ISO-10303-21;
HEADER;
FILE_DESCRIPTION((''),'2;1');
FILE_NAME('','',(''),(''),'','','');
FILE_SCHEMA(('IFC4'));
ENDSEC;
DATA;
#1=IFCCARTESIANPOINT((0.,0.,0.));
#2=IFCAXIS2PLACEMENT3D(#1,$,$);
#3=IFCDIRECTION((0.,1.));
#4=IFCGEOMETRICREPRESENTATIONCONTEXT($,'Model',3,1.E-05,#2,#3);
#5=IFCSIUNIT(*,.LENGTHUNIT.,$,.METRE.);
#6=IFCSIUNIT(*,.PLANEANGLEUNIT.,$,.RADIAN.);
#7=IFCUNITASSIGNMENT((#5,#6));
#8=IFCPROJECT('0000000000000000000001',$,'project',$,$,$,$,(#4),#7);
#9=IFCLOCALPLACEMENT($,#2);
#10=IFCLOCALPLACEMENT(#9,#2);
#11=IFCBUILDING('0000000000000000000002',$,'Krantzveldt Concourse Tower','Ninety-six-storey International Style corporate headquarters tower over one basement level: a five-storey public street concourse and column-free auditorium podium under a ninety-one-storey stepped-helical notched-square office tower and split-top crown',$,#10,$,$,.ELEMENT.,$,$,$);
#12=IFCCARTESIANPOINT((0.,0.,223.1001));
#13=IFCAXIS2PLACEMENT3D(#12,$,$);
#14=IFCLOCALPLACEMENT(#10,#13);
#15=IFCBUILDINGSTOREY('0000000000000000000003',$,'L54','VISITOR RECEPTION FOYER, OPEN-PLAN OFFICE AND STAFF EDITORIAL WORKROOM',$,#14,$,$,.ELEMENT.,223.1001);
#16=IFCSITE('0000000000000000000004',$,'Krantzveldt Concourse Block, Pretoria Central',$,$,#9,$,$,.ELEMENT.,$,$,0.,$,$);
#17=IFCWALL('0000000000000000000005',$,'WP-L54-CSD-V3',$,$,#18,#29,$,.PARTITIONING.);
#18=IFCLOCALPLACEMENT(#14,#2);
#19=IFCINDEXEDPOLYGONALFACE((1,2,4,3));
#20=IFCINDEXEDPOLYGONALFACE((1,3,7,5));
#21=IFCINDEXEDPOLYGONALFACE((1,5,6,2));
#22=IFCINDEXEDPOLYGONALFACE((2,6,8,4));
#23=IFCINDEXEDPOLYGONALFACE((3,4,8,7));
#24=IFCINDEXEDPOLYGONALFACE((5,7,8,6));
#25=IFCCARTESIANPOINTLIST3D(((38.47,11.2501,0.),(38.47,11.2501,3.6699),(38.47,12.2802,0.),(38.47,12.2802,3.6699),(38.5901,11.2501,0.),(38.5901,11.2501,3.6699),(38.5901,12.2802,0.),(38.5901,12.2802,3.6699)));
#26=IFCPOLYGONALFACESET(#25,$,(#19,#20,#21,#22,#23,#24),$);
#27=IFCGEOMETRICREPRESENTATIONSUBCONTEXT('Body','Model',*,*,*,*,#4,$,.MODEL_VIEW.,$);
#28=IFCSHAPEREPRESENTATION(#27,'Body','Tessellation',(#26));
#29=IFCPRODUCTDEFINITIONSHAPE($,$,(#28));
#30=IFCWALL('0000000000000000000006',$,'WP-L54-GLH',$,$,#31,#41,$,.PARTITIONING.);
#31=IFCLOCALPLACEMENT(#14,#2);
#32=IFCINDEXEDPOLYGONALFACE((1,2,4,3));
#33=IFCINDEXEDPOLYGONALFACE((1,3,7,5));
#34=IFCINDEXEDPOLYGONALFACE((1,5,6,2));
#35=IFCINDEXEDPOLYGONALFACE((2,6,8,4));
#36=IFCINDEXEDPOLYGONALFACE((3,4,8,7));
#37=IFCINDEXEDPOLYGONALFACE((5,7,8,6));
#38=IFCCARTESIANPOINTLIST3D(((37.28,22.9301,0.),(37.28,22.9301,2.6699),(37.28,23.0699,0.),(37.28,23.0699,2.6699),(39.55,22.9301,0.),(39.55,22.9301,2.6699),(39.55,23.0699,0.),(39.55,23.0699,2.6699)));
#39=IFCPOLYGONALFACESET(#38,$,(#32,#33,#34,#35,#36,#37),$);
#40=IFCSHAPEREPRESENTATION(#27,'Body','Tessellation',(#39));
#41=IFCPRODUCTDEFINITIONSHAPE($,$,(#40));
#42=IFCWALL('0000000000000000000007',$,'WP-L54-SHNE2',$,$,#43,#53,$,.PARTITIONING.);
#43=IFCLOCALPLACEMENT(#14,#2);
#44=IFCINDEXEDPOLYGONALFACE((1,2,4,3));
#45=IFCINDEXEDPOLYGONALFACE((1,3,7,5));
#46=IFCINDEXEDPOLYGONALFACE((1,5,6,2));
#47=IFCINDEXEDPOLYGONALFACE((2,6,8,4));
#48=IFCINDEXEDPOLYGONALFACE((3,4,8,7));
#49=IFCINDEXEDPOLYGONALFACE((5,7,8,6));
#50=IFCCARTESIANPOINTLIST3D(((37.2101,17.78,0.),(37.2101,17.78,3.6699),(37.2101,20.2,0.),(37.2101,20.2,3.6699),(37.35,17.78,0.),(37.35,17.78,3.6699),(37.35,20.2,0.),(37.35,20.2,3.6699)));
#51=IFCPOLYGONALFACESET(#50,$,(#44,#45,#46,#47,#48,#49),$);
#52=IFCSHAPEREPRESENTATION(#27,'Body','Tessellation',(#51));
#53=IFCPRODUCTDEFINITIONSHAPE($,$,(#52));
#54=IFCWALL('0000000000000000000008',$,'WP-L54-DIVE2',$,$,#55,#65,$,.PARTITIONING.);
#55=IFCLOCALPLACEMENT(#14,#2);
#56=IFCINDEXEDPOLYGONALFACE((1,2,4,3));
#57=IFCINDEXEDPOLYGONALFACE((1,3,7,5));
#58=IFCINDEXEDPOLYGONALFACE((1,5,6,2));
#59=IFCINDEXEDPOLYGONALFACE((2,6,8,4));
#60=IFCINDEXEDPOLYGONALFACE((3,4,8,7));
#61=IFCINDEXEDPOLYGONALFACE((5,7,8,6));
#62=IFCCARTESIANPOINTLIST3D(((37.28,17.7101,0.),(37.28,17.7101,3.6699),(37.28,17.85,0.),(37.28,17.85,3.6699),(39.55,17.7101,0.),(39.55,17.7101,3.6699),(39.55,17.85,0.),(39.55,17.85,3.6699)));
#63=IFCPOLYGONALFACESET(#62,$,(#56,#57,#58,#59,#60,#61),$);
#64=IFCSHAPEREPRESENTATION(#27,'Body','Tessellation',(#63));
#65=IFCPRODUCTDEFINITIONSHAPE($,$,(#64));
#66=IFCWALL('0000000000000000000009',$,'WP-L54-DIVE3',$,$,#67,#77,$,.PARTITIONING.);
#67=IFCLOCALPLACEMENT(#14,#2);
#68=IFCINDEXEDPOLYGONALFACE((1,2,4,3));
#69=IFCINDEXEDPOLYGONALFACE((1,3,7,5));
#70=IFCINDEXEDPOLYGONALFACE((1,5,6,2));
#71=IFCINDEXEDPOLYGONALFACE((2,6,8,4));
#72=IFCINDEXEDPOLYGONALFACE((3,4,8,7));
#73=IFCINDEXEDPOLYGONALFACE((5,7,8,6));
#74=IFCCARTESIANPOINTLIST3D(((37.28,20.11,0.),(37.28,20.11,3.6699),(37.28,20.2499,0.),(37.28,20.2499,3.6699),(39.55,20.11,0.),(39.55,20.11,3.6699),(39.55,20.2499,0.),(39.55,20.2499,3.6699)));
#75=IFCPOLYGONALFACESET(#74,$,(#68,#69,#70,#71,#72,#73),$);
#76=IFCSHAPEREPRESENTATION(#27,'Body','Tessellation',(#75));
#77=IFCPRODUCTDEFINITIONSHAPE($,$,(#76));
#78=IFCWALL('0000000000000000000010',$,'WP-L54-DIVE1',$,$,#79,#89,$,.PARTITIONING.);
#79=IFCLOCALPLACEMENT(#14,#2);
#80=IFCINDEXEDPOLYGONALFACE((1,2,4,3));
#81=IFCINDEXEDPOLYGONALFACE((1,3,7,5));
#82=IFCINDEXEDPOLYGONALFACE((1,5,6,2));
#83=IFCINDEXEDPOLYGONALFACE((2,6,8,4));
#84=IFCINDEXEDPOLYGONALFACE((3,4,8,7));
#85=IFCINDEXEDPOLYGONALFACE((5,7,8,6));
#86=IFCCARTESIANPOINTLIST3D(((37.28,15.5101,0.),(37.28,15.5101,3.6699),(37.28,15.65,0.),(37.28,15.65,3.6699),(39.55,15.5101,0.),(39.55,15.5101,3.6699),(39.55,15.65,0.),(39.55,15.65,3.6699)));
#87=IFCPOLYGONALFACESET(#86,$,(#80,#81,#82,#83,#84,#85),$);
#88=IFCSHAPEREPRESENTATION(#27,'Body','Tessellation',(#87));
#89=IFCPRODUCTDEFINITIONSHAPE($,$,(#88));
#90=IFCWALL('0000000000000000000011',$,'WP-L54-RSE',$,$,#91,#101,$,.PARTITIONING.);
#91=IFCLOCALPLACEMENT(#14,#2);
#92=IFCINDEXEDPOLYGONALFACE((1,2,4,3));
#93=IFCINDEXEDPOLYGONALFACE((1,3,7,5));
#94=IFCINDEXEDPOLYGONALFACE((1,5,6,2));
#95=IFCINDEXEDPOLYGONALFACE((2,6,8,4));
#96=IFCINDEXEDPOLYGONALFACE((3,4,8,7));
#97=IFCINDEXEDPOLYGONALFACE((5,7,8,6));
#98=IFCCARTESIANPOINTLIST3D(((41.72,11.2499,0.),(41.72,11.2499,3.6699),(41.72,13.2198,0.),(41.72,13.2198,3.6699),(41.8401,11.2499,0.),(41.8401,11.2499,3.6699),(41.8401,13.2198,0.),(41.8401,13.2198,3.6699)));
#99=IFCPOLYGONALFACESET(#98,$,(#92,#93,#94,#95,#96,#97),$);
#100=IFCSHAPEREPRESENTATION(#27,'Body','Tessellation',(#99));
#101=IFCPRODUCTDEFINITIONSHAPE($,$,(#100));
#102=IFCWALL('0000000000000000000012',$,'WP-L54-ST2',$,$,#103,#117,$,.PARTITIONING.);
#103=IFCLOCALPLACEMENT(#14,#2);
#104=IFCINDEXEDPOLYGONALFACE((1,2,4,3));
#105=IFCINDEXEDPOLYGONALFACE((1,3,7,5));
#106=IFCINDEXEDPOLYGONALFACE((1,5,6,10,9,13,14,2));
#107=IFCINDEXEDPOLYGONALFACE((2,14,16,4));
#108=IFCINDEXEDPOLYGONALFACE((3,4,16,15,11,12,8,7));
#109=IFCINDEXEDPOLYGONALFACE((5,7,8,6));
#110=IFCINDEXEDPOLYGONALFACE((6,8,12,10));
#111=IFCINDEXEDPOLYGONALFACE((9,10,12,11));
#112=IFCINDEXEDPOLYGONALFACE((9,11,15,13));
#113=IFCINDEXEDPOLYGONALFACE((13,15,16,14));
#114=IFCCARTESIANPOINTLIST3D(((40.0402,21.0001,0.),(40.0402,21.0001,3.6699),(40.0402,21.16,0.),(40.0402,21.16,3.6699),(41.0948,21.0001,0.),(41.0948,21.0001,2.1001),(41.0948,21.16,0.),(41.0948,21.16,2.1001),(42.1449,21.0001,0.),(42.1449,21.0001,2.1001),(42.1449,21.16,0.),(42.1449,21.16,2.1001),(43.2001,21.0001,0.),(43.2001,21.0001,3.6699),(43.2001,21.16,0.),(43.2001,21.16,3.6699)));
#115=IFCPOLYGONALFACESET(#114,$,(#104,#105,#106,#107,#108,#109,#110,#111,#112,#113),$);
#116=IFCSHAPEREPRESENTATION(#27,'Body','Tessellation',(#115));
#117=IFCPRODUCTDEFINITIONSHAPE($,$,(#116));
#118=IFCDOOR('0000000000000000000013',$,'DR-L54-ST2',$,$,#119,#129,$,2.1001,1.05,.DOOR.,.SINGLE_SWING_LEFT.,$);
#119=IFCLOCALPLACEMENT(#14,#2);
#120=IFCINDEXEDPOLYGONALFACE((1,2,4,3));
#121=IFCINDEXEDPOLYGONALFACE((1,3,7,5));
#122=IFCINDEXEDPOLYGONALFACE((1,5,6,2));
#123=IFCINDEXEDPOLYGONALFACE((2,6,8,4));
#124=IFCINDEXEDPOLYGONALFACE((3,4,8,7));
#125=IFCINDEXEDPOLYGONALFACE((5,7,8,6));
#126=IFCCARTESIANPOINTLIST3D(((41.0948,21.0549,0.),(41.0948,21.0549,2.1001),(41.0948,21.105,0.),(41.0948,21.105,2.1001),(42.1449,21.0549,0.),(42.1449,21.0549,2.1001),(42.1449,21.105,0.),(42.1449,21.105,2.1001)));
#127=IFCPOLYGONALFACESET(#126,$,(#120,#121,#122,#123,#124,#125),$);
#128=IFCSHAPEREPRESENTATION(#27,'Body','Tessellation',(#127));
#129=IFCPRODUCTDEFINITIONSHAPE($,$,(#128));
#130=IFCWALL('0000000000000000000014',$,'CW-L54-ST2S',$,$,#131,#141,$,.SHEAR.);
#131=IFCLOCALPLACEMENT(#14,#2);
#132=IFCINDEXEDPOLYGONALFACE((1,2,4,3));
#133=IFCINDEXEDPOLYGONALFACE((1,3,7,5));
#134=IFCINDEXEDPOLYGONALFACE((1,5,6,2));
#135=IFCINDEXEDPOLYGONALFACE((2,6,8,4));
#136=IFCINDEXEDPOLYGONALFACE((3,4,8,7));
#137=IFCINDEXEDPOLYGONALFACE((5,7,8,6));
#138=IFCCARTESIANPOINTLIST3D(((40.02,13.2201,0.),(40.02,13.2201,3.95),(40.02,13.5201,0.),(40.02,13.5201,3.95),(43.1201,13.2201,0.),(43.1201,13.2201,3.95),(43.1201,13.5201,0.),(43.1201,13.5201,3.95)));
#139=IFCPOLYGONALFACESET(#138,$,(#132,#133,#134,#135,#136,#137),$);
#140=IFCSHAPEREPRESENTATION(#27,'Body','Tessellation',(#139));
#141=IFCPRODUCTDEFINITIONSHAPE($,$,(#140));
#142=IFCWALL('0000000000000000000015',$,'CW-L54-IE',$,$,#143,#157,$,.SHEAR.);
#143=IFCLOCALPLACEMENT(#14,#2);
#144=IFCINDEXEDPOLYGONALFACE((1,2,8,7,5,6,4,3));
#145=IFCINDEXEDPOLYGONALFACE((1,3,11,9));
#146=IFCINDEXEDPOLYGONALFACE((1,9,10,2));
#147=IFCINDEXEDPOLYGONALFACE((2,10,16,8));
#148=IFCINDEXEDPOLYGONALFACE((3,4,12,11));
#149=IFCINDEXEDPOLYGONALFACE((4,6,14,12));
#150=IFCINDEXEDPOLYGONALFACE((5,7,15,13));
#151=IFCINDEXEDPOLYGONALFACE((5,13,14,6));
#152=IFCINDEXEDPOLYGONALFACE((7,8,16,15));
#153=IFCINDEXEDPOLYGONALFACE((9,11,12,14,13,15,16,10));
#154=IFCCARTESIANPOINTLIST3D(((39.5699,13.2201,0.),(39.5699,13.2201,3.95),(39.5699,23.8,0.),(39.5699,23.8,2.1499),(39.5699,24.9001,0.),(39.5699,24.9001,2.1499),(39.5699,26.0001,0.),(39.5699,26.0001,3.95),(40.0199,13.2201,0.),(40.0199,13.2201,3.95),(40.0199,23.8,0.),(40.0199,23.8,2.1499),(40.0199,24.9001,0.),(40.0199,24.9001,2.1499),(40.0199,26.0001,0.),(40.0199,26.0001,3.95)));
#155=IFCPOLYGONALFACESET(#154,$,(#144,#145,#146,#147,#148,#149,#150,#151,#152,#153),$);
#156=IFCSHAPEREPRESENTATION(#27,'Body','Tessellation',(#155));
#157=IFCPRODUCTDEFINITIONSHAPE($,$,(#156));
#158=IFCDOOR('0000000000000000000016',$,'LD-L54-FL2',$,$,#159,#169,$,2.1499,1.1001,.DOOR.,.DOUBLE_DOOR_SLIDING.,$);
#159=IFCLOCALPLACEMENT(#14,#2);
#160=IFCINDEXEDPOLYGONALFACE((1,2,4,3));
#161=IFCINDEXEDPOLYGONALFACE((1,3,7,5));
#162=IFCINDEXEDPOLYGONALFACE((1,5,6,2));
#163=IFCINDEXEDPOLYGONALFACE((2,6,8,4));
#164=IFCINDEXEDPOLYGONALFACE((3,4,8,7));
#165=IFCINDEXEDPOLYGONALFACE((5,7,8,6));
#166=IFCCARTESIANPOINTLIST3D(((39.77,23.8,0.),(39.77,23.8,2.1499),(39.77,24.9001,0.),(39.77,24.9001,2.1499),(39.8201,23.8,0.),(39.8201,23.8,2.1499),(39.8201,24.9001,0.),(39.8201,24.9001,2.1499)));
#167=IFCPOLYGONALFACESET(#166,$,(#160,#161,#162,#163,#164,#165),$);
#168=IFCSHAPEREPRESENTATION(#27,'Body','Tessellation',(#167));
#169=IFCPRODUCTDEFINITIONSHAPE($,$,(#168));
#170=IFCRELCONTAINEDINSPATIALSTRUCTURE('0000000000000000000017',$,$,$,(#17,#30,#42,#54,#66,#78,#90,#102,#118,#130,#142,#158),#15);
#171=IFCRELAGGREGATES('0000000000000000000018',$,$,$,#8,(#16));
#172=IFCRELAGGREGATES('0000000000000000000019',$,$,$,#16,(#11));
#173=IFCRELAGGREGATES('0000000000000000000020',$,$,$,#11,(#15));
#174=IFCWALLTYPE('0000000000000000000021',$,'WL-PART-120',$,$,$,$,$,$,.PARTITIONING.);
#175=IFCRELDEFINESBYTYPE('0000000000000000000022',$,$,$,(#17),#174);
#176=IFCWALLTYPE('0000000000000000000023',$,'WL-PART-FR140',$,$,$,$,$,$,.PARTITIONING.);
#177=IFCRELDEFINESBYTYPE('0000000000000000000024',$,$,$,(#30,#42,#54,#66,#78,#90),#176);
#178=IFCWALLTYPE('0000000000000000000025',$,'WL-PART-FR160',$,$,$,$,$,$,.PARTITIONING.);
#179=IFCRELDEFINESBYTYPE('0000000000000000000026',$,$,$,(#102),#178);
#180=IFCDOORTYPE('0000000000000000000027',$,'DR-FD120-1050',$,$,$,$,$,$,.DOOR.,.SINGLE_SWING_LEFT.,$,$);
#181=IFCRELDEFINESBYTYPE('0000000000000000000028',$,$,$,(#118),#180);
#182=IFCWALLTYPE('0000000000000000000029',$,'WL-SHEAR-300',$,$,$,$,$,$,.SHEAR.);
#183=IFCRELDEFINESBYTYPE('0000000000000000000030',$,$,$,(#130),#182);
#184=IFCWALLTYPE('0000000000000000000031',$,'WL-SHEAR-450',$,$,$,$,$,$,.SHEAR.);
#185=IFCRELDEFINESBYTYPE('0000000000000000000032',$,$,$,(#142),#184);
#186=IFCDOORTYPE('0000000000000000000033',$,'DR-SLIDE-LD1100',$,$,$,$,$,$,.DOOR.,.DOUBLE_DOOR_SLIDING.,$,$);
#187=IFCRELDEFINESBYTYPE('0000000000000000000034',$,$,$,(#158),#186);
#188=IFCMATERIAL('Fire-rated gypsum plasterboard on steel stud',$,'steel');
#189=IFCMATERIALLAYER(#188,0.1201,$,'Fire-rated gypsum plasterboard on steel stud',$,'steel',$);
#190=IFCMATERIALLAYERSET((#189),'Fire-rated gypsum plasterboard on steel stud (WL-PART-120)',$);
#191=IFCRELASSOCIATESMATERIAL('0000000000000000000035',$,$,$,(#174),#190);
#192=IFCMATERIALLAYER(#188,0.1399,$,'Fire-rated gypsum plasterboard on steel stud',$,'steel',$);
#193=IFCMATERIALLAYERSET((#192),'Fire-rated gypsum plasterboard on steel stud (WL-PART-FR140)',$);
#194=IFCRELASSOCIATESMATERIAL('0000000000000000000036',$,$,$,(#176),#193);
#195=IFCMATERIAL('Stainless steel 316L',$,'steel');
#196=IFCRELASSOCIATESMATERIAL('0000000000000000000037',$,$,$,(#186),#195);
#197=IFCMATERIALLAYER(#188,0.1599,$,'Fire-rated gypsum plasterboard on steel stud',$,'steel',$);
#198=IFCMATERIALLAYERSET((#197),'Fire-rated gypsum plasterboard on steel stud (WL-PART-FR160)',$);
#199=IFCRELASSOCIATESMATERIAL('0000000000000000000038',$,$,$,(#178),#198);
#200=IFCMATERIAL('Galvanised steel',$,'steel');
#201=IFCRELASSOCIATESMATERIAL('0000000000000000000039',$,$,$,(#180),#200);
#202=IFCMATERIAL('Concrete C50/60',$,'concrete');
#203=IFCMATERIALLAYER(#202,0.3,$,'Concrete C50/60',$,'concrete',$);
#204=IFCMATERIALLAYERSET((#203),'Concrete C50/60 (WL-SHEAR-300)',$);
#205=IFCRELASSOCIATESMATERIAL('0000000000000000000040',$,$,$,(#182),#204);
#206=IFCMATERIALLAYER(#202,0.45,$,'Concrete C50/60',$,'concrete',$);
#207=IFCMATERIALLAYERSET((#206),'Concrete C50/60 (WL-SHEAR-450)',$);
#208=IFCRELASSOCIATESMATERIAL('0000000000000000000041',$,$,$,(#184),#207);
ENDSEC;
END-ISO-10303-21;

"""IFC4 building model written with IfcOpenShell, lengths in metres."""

from ifc_helpers import new_model, si_unit, direction, frame, frame_2d, origin, place, context, subcontext, project, spatial, rectangle, extrude, material, layer, layer_set, type_object, element, fill, save


model = new_model("IFC4")

# Units and contexts
model_context = context("Model", 3, precision=1e-05, world=origin(), true_north=direction((0.0, 1.0)))
body_context = subcontext(model_context, "Body", "Model", "MODEL_VIEW")
ifc_project = project(units=[si_unit("LENGTHUNIT", "METRE"), si_unit("PLANEANGLEUNIT", "RADIAN")], contexts=[model_context])

# Site, building, storey
site_placement = place(None, origin())
site = spatial("IfcSite", under=ifc_project, at=site_placement, Name="Krantzveldt Concourse Block, Pretoria Central", CompositionType="ELEMENT", RefElevation=0.0)
building_placement = place(site_placement, origin())
building = spatial("IfcBuilding", under=site, at=building_placement, Name="Krantzveldt Concourse Tower", Description="Ninety-six-storey International Style corporate headquarters tower over one basement level: a five-storey public street concourse and column-free auditorium podium under a ninety-one-storey stepped-helical notched-square office tower and split-top crown", CompositionType="ELEMENT")
storey_placement = place(building_placement, frame((0.0, 0.0, 223.1001)))
storey = spatial("IfcBuildingStorey", under=building, at=storey_placement, Name="L54", Description="VISITOR RECEPTION FOYER, OPEN-PLAN OFFICE AND STAFF EDITORIAL WORKROOM", CompositionType="ELEMENT", Elevation=223.1001)

# Wall
ifc_material_1 = material(Name="Fire-rated gypsum plasterboard on steel stud", Category="steel")
ifc_layer_1 = layer(ifc_material_1, 0.1201, Name="Fire-rated gypsum plasterboard on steel stud", Category="steel")
ifc_layer_set_1 = layer_set([ifc_layer_1], Name="Fire-rated gypsum plasterboard on steel stud (WL-PART-120)")
wall_type_1 = type_object("IfcWallType", Name="WL-PART-120", PredefinedType="PARTITIONING", material=ifc_layer_set_1)
wall_1_placement = place(storey_placement, frame((38.53, 11.25, 0.0), z_axis=(0.0, 0.0, 1.0), x_axis=(0.0, 1.0, 0.0)))
element("IfcWall", 1, at=wall_1_placement, inside=storey, type_object=wall_type_1, Name="WP-L54-CSD-V3", PredefinedType="PARTITIONING", context=body_context, shape_type="SweptSolid", body=[
    extrude(rectangle(XDim=1.03, YDim=0.1201, at=frame_2d((0.5151, 0.0))), origin(), (0.0, 0.0, 1.0), 3.6699),
])

# Shared definitions
ifc_layer_2 = layer(ifc_material_1, 0.1399, Name="Fire-rated gypsum plasterboard on steel stud", Category="steel")
ifc_layer_set_2 = layer_set([ifc_layer_2], Name="Fire-rated gypsum plasterboard on steel stud (WL-PART-FR140)")
wall_type_2 = type_object("IfcWallType", Name="WL-PART-FR140", PredefinedType="PARTITIONING", material=ifc_layer_set_2)
ifc_material_2 = material(Name="Stainless steel 316L", Category="steel")
door_type_1 = type_object("IfcDoorType", Name="DR-SLIDE-LD1100", OperationType="DOUBLE_DOOR_SLIDING", PredefinedType="DOOR", material=ifc_material_2)

# Walls
wall_2_placement = place(storey_placement, frame((37.28, 23.0, 0.0), z_axis=(0.0, 0.0, 1.0), x_axis=(1.0, 0.0, 0.0)))
element("IfcWall", 2, at=wall_2_placement, inside=storey, type_object=wall_type_2, Name="WP-L54-GLH", PredefinedType="PARTITIONING", context=body_context, shape_type="SweptSolid", body=[
    extrude(rectangle(XDim=2.27, YDim=0.1399, at=frame_2d((1.135, 0.0))), origin(), (0.0, 0.0, 1.0), 2.6699),
])
wall_3_placement = place(storey_placement, frame((37.28, 17.78, 0.0), z_axis=(0.0, 0.0, 1.0), x_axis=(0.0, 1.0, 0.0)))
element("IfcWall", 3, at=wall_3_placement, inside=storey, type_object=wall_type_2, Name="WP-L54-SHNE2", PredefinedType="PARTITIONING", context=body_context, shape_type="SweptSolid", body=[
    extrude(rectangle(XDim=2.4199, YDim=0.1399, at=frame_2d((1.21, 0.0))), origin(), (0.0, 0.0, 1.0), 3.6699),
])
for number, where, z_axis, x_axis, name in (
    (4, (37.28, 17.78, 0.0), (0.0, 0.0, 1.0), (1.0, 0.0, 0.0), "WP-L54-DIVE2"),
    (5, (37.28, 20.1799, 0.0), (0.0, 0.0, 1.0), (1.0, 0.0, 0.0), "WP-L54-DIVE3"),
):
    element("IfcWall", number, at=place(storey_placement, frame(where, z_axis=z_axis, x_axis=x_axis)), inside=storey, type_object=wall_type_2, Name=name, PredefinedType="PARTITIONING", context=body_context, shape_type="SweptSolid", body=[
        extrude(rectangle(XDim=2.27, YDim=0.1399, at=frame_2d((1.135, 0.0))), origin(), (0.0, 0.0, 1.0), 3.6699),
    ])

# Walls
wall_4_placement = place(storey_placement, frame((37.28, 15.5801, 0.0), z_axis=(0.0, 0.0, 1.0), x_axis=(1.0, 0.0, 0.0)))
element("IfcWall", 6, at=wall_4_placement, inside=storey, type_object=wall_type_2, Name="WP-L54-DIVE1", PredefinedType="PARTITIONING", context=body_context, shape_type="SweptSolid", body=[
    extrude(rectangle(XDim=2.27, YDim=0.1399, at=frame_2d((1.135, 0.0))), origin(), (0.0, 0.0, 1.0), 3.6699),
])
wall_5_placement = place(storey_placement, frame((41.78, 11.25, 0.0), z_axis=(0.0, 0.0, 1.0), x_axis=(0.0, 1.0, 0.0)))
element("IfcWall", 7, at=wall_5_placement, inside=storey, type_object=wall_type_2, Name="WP-L54-RSE", PredefinedType="PARTITIONING", context=body_context, shape_type="SweptSolid", body=[
    extrude(rectangle(XDim=1.97, YDim=0.1201, at=frame_2d((0.9849, 0.0))), origin(), (0.0, 0.0, 1.0), 3.6699),
])

# Wall, opening, door
ifc_layer_3 = layer(ifc_material_1, 0.1599, Name="Fire-rated gypsum plasterboard on steel stud", Category="steel")
ifc_layer_set_3 = layer_set([ifc_layer_3], Name="Fire-rated gypsum plasterboard on steel stud (WL-PART-FR160)")
wall_type_3 = type_object("IfcWallType", Name="WL-PART-FR160", PredefinedType="PARTITIONING", material=ifc_layer_set_3)
wall_6_placement = place(storey_placement, frame((40.04, 21.0801, 0.0), z_axis=(0.0, 0.0, 1.0), x_axis=(1.0, 0.0, 0.0)))
wall_6 = element("IfcWall", 8, at=wall_6_placement, inside=storey, type_object=wall_type_3, Name="WP-L54-ST2", PredefinedType="PARTITIONING", context=body_context, shape_type="SweptSolid", body=[
    extrude(rectangle(XDim=3.1599, YDim=0.1599, at=frame_2d((1.5801, 0.0))), origin(), (0.0, 0.0, 1.0), 3.6699),
])
opening_1_placement = place(wall_6_placement, frame((1.0549, 0.0, 0.0)))
opening_1 = element("IfcOpeningElement", 9, at=opening_1_placement, cuts=wall_6, PredefinedType="OPENING", context=body_context, shape_type="SweptSolid", body=[
    extrude(rectangle(XDim=1.05, YDim=2.1001, at=frame_2d((0.5249, 1.05))), frame((0.0, 0.0898, 0.0), z_axis=(0.0, -1.0, 0.0), x_axis=(1.0, 0.0, 0.0)), (0.0, 0.0, 1.0), 0.1799),
])
ifc_material_3 = material(Name="Galvanised steel", Category="steel")
door_type_2 = type_object("IfcDoorType", Name="DR-FD120-1050", OperationType="SINGLE_SWING_LEFT", PredefinedType="DOOR", material=ifc_material_3)
door_1_placement = place(opening_1_placement, origin())
door_1 = element("IfcDoor", 10, at=door_1_placement, inside=storey, type_object=door_type_2, Name="DR-L54-ST2", OperationType="SINGLE_SWING_LEFT", OverallHeight=2.1001, OverallWidth=1.05, PredefinedType="DOOR", context=body_context, shape_type="SweptSolid", body=[
    extrude(rectangle(XDim=1.05, YDim=2.1001, at=frame_2d((0.5249, 1.05))), frame((0.0, 0.0249, 0.0), z_axis=(0.0, -1.0, 0.0), x_axis=(1.0, 0.0, 0.0)), (0.0, 0.0, 1.0), 0.05),
])
fill(opening_1, door_1)

# Wall
ifc_material_4 = material(Name="Concrete C50/60", Category="concrete")
ifc_layer_4 = layer(ifc_material_4, 0.3, Name="Concrete C50/60", Category="concrete")
ifc_layer_set_4 = layer_set([ifc_layer_4], Name="Concrete C50/60 (WL-SHEAR-300)")
wall_type_4 = type_object("IfcWallType", Name="WL-SHEAR-300", PredefinedType="SHEAR", material=ifc_layer_set_4)
wall_7_placement = place(storey_placement, frame((40.02, 13.3701, 0.0), z_axis=(0.0, 0.0, 1.0), x_axis=(1.0, 0.0, 0.0)))
element("IfcWall", 11, at=wall_7_placement, inside=storey, type_object=wall_type_4, Name="CW-L54-ST2S", PredefinedType="SHEAR", context=body_context, shape_type="SweptSolid", body=[
    extrude(rectangle(XDim=3.1001, YDim=0.3, at=frame_2d((1.55, 0.0))), origin(), (0.0, 0.0, 1.0), 3.95),
])

# Wall, opening, door
ifc_layer_5 = layer(ifc_material_4, 0.45, Name="Concrete C50/60", Category="concrete")
ifc_layer_set_5 = layer_set([ifc_layer_5], Name="Concrete C50/60 (WL-SHEAR-450)")
wall_type_5 = type_object("IfcWallType", Name="WL-SHEAR-450", PredefinedType="SHEAR", material=ifc_layer_set_5)
wall_8_placement = place(storey_placement, frame((39.7949, 13.22, 0.0), z_axis=(0.0, 0.0, 1.0), x_axis=(0.0, 1.0, 0.0)))
wall_8 = element("IfcWall", 12, at=wall_8_placement, inside=storey, type_object=wall_type_5, Name="CW-L54-IE", PredefinedType="SHEAR", context=body_context, shape_type="SweptSolid", body=[
    extrude(rectangle(XDim=12.78, YDim=0.45, at=frame_2d((6.3901, 0.0))), origin(), (0.0, 0.0, 1.0), 3.95),
])
opening_2_placement = place(wall_8_placement, frame((10.5801, 0.0, 0.0)))
opening_2 = element("IfcOpeningElement", 13, at=opening_2_placement, cuts=wall_8, PredefinedType="OPENING", context=body_context, shape_type="SweptSolid", body=[
    extrude(rectangle(XDim=1.1001, YDim=2.1499, at=frame_2d((0.55, 1.075))), frame((0.0, 0.2349, 0.0), z_axis=(0.0, -1.0, 0.0), x_axis=(1.0, 0.0, 0.0)), (0.0, 0.0, 1.0), 0.47),
])
door_2_placement = place(opening_2_placement, origin())
door_2 = element("IfcDoor", 14, at=door_2_placement, inside=storey, type_object=door_type_1, Name="LD-L54-FL2", OperationType="DOUBLE_DOOR_SLIDING", OverallHeight=2.1499, OverallWidth=1.1001, PredefinedType="DOOR", context=body_context, shape_type="SweptSolid", body=[
    extrude(rectangle(XDim=1.1001, YDim=2.1499, at=frame_2d((0.55, 1.075))), frame((0.0, 0.0249, 0.0), z_axis=(0.0, -1.0, 0.0), x_axis=(1.0, 0.0, 0.0)), (0.0, 0.0, 1.0), 0.05),
])
fill(opening_2, door_2)

save(model, "model.ifc")
